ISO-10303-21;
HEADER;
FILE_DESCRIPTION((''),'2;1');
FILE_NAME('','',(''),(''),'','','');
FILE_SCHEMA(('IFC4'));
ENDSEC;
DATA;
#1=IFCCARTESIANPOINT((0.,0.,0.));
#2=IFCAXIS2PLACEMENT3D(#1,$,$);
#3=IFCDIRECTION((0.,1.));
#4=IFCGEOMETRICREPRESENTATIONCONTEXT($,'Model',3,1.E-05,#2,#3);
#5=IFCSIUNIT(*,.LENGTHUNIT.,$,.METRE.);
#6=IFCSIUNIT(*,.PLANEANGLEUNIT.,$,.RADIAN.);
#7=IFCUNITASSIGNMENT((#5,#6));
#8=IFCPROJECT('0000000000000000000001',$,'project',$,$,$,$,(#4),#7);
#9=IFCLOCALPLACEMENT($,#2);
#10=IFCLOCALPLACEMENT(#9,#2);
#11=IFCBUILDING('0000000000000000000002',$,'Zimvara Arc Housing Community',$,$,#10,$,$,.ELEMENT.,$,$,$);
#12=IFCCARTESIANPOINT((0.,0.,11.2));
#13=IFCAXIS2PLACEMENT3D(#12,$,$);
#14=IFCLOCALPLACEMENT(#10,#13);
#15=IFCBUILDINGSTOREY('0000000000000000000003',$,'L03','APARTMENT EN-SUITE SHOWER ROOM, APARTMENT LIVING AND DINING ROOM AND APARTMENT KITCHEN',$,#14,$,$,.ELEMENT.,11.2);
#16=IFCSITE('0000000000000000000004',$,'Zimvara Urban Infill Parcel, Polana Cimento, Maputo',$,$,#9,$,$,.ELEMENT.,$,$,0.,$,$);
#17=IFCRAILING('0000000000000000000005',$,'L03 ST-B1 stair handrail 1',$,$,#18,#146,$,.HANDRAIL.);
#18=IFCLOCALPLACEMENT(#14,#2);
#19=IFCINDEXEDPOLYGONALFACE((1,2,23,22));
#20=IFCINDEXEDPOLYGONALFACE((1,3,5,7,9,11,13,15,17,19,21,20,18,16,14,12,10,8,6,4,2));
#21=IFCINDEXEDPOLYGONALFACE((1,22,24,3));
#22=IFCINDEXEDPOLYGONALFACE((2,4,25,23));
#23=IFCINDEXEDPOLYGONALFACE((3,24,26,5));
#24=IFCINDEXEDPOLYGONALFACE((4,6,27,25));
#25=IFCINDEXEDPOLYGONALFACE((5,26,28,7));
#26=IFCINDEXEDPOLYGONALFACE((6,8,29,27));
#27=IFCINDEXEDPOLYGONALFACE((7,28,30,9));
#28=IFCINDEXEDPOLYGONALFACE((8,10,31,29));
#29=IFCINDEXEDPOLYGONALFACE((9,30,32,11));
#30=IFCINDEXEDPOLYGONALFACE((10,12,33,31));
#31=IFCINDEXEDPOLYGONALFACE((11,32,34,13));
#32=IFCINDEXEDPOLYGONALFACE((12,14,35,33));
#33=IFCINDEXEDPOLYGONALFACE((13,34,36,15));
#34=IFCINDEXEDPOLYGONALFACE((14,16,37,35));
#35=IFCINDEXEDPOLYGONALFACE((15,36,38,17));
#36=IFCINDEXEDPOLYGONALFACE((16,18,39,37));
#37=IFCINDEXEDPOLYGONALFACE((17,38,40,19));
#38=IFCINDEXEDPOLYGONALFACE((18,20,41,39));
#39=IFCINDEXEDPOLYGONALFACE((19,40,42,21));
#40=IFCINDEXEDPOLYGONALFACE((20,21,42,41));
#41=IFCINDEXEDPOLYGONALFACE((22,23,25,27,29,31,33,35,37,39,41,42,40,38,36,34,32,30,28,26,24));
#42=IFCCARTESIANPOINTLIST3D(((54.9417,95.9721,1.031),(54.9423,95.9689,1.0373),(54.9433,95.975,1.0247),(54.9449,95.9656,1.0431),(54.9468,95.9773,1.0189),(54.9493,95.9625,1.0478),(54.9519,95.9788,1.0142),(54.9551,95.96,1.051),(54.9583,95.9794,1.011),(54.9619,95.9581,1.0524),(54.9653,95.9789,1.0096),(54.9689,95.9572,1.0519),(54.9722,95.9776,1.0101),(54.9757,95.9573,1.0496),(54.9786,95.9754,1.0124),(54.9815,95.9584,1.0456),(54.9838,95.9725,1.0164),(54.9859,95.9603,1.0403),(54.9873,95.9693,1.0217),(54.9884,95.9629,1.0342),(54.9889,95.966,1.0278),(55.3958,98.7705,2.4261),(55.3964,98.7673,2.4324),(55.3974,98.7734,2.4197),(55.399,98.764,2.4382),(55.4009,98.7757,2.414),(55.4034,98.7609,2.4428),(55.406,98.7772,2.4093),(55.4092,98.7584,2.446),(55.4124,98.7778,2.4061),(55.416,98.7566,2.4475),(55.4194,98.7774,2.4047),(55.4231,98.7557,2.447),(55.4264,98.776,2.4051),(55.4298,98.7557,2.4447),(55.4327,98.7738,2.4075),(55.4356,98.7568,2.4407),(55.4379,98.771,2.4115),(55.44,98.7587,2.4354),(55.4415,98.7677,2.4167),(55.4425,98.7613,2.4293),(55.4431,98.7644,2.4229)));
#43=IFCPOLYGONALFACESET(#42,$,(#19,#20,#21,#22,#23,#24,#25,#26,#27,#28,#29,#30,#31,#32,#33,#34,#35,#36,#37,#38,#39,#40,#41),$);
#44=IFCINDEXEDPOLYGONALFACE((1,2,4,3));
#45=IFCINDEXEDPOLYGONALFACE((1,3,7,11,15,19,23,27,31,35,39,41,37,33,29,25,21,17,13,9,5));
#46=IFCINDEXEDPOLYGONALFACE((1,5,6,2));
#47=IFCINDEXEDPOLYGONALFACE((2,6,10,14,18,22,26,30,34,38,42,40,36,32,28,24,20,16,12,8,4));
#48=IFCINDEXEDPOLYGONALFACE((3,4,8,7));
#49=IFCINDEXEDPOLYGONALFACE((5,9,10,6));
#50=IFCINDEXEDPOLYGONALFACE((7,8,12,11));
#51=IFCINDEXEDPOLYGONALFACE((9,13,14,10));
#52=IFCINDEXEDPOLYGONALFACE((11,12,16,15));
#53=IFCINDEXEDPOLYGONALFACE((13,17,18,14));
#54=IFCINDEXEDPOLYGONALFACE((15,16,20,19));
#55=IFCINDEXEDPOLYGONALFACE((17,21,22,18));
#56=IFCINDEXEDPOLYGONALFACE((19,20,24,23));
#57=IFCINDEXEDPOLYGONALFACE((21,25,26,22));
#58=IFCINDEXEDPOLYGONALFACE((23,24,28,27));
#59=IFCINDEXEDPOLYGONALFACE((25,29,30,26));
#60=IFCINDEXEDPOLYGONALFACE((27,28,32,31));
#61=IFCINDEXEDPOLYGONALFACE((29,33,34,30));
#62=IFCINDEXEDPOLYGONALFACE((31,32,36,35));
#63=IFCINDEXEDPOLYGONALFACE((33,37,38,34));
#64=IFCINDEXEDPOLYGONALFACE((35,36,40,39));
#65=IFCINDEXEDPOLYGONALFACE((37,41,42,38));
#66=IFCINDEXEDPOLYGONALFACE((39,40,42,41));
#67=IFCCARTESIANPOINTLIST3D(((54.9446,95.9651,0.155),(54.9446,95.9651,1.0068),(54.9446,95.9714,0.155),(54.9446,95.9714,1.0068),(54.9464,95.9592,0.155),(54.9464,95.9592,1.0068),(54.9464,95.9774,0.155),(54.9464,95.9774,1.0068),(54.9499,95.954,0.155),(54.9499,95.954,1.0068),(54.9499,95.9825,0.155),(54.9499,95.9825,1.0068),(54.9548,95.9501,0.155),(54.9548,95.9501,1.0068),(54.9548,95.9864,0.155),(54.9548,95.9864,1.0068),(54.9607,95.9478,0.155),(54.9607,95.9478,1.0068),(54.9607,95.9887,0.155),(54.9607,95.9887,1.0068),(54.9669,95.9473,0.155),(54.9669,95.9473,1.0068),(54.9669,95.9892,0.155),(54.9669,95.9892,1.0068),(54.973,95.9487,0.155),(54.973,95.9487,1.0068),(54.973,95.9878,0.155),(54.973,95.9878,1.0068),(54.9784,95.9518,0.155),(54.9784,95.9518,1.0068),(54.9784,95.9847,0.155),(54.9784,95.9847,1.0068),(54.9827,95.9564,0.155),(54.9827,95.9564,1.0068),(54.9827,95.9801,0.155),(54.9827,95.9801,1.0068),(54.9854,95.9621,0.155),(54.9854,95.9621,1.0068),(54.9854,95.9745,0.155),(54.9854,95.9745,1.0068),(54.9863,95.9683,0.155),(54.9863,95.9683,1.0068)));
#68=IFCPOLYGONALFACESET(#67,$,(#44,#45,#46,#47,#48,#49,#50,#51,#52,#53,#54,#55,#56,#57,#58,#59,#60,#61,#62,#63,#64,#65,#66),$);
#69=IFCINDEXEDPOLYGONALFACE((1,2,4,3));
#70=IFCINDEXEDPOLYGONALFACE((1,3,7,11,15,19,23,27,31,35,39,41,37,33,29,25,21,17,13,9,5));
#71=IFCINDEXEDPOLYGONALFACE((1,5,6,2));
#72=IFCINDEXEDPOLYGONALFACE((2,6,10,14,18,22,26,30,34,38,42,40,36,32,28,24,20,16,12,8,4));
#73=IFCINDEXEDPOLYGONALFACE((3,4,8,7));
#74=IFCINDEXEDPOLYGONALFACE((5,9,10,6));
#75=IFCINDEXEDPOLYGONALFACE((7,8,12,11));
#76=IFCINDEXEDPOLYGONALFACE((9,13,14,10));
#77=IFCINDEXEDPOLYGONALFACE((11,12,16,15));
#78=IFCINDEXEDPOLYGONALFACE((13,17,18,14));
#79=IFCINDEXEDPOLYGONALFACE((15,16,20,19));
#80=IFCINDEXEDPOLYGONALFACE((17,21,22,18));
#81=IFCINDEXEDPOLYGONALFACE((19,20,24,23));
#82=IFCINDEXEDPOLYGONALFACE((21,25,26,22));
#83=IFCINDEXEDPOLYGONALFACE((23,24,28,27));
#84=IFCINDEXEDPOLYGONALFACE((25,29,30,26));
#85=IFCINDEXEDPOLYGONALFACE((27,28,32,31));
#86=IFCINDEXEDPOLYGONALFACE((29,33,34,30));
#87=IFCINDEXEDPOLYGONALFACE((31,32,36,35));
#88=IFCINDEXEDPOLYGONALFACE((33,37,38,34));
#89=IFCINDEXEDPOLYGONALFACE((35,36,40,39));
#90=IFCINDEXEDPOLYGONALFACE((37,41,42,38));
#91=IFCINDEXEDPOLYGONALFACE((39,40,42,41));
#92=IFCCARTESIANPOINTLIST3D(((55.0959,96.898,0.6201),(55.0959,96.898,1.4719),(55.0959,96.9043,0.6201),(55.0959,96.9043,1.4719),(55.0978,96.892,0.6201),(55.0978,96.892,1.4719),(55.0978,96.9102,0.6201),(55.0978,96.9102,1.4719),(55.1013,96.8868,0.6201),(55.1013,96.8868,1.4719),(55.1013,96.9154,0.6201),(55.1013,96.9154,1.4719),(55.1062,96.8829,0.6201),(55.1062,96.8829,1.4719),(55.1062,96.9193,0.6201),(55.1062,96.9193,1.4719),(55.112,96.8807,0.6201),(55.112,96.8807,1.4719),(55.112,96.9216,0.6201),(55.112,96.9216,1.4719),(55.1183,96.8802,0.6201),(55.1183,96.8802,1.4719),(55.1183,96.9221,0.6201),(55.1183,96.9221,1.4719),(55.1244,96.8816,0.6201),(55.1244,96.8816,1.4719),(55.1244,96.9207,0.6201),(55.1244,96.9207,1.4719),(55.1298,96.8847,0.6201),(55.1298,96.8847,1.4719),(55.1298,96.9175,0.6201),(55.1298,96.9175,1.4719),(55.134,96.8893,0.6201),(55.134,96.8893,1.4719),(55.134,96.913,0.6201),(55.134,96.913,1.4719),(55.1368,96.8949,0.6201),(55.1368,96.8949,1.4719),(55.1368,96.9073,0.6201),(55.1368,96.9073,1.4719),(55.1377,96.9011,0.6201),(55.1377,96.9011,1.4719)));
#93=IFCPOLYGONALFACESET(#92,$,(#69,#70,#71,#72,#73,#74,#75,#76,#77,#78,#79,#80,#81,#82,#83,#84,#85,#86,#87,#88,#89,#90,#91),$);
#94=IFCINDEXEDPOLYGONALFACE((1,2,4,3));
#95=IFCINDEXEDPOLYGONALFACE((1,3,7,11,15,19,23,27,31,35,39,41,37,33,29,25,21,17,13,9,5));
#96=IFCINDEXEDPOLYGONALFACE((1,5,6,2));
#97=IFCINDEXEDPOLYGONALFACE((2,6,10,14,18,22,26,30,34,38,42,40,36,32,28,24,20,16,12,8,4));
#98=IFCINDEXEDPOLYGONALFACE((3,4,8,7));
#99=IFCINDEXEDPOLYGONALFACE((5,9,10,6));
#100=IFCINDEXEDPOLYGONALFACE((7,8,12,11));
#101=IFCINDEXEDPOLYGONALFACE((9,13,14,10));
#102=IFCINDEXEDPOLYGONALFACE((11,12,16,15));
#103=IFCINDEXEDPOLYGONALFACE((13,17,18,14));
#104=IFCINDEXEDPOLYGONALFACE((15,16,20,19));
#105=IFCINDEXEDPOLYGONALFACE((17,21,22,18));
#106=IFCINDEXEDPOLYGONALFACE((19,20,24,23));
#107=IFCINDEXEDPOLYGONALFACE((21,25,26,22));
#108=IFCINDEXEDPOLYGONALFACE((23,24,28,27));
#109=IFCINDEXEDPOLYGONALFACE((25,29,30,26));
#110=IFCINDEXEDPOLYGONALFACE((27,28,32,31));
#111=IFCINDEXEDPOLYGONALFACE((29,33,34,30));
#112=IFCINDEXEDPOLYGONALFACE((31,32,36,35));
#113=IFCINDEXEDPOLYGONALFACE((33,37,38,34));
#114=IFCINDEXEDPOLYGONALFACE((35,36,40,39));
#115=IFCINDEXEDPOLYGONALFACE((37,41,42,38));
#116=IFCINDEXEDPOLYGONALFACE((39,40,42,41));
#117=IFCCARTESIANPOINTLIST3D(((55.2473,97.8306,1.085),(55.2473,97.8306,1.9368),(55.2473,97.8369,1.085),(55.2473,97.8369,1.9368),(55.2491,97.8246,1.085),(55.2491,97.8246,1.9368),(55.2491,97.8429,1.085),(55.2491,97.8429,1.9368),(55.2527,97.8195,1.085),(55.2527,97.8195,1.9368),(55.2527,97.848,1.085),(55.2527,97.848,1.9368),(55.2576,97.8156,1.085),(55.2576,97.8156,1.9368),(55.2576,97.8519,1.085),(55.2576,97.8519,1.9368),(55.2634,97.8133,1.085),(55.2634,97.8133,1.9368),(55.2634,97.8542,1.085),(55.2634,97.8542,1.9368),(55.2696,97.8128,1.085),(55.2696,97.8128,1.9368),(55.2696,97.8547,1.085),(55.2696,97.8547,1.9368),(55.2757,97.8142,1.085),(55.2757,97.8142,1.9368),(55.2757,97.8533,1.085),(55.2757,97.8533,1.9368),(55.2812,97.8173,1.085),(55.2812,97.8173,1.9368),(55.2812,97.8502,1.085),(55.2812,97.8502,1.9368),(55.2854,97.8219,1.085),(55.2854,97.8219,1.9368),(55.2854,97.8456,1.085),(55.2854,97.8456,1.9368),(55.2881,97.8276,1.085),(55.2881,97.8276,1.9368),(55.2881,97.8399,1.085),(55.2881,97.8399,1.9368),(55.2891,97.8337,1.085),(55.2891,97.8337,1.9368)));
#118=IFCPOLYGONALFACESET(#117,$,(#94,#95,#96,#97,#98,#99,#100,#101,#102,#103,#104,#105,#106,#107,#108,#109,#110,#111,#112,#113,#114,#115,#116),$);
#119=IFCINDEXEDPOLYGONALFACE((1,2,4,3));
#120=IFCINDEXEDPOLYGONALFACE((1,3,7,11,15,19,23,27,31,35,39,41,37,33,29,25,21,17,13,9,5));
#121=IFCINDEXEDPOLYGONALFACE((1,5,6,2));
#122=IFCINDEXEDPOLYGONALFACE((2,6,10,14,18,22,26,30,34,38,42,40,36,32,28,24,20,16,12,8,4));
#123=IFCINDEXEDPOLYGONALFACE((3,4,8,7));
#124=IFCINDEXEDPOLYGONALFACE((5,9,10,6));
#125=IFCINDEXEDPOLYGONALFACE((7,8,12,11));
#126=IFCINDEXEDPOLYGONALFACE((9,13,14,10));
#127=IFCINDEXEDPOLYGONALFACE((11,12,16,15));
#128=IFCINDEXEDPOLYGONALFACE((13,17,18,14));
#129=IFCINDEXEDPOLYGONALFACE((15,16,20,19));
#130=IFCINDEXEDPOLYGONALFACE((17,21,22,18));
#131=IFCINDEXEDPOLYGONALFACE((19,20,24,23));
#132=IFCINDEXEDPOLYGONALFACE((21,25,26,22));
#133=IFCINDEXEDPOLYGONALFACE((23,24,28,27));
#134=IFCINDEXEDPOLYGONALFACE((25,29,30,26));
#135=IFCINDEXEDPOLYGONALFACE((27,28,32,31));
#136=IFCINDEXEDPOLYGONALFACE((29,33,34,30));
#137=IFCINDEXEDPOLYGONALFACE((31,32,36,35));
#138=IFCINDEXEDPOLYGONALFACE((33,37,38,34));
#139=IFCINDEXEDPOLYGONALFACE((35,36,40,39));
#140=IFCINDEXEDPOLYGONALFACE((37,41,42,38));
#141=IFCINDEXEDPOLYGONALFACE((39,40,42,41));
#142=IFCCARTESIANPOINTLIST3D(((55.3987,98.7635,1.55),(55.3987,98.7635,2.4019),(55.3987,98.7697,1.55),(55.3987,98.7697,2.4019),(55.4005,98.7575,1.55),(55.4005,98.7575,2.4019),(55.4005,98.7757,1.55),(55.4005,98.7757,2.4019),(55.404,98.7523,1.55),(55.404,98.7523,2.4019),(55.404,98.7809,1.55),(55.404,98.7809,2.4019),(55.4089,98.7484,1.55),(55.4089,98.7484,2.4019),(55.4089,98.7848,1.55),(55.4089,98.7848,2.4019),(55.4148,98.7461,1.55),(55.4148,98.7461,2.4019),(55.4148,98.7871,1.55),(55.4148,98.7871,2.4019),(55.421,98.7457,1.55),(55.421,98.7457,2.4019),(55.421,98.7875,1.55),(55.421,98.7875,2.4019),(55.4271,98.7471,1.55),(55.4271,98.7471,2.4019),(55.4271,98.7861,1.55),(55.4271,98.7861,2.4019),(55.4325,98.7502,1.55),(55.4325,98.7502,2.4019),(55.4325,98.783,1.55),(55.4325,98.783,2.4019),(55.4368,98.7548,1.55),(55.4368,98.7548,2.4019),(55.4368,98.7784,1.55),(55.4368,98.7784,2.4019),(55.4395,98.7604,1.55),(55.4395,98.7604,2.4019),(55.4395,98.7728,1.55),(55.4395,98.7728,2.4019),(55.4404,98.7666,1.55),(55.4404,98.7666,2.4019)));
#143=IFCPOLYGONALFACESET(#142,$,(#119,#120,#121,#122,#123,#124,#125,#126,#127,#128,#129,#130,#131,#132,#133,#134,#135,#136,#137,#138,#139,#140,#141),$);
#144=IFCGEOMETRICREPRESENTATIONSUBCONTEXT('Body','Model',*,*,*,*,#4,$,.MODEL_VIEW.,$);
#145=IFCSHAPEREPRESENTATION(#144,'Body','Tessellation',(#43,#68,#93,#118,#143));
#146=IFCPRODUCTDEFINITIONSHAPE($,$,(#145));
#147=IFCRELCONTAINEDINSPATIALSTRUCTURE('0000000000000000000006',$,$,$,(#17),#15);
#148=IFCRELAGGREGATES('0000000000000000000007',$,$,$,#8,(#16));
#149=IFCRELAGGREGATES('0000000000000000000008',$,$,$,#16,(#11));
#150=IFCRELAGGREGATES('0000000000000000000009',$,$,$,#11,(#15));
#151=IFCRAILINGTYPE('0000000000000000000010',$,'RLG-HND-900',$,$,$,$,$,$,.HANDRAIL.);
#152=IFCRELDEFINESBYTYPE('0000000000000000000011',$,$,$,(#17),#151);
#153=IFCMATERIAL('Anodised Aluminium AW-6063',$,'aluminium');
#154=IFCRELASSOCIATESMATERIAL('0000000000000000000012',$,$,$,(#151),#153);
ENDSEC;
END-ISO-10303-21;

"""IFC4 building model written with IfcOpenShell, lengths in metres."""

from ifc_helpers import new_model, si_unit, direction, frame, origin, origin_2d, place, context, subcontext, project, spatial, circle, extrude, material, type_object, element, save


model = new_model("IFC4")

# Units and contexts
model_context = context("Model", 3, precision=1e-05, world=origin(), true_north=direction((0.0, 1.0)))
body_context = subcontext(model_context, "Body", "Model", "MODEL_VIEW")
ifc_project = project(units=[si_unit("LENGTHUNIT", "METRE"), si_unit("PLANEANGLEUNIT", "RADIAN")], contexts=[model_context])

# Site, building, storey
site_placement = place(None, origin())
site = spatial("IfcSite", under=ifc_project, at=site_placement, Name="Zimvara Urban Infill Parcel, Polana Cimento, Maputo", CompositionType="ELEMENT", RefElevation=0.0)
building_placement = place(site_placement, origin())
building = spatial("IfcBuilding", under=site, at=building_placement, Name="Zimvara Arc Housing Community", CompositionType="ELEMENT")
storey_placement = place(building_placement, frame((0.0, 0.0, 11.2)))
storey = spatial("IfcBuildingStorey", under=building, at=storey_placement, Name="L03", Description="APARTMENT EN-SUITE SHOWER ROOM, APARTMENT LIVING AND DINING ROOM AND APARTMENT KITCHEN", CompositionType="ELEMENT", Elevation=11.2)

# Railing
ifc_material_1 = material(Name="Anodised Aluminium AW-6063", Category="aluminium")
railing_type_1 = type_object("IfcRailingType", Name="RLG-HND-900", PredefinedType="HANDRAIL", material=ifc_material_1)
railing_1_placement = place(storey_placement, frame((54.9653, 95.9683, 0.155)))
element("IfcRailing", 1, at=railing_1_placement, inside=storey, type_object=railing_type_1, Name="L03 ST-B1 stair handrail 1", PredefinedType="HANDRAIL", context=body_context, shape_type="SweptSolid", body=[
    extrude(circle(Radius=0.0239, at=origin_2d()), frame((0.0, 0.0, 0.876), z_axis=(0.143722, 0.885666, 0.44152), x_axis=(-0.987088, 0.16018, 0.0)), (0.0, 0.0, 1.0), 3.1597),
    extrude(circle(Radius=0.021, at=origin_2d()), origin(), (0.0, 0.0, 1.0), 0.8518),
    extrude(circle(Radius=0.021, at=origin_2d()), frame((0.1514, 0.9329, 0.4651)), (0.0, 0.0, 1.0), 0.8518),
    extrude(circle(Radius=0.021, at=origin_2d()), frame((0.3027, 1.8655, 0.9299)), (0.0, 0.0, 1.0), 0.8518),
    extrude(circle(Radius=0.021, at=origin_2d()), frame((0.4541, 2.7983, 1.395)), (0.0, 0.0, 1.0), 0.8518),
])

save(model, "model.ifc")
